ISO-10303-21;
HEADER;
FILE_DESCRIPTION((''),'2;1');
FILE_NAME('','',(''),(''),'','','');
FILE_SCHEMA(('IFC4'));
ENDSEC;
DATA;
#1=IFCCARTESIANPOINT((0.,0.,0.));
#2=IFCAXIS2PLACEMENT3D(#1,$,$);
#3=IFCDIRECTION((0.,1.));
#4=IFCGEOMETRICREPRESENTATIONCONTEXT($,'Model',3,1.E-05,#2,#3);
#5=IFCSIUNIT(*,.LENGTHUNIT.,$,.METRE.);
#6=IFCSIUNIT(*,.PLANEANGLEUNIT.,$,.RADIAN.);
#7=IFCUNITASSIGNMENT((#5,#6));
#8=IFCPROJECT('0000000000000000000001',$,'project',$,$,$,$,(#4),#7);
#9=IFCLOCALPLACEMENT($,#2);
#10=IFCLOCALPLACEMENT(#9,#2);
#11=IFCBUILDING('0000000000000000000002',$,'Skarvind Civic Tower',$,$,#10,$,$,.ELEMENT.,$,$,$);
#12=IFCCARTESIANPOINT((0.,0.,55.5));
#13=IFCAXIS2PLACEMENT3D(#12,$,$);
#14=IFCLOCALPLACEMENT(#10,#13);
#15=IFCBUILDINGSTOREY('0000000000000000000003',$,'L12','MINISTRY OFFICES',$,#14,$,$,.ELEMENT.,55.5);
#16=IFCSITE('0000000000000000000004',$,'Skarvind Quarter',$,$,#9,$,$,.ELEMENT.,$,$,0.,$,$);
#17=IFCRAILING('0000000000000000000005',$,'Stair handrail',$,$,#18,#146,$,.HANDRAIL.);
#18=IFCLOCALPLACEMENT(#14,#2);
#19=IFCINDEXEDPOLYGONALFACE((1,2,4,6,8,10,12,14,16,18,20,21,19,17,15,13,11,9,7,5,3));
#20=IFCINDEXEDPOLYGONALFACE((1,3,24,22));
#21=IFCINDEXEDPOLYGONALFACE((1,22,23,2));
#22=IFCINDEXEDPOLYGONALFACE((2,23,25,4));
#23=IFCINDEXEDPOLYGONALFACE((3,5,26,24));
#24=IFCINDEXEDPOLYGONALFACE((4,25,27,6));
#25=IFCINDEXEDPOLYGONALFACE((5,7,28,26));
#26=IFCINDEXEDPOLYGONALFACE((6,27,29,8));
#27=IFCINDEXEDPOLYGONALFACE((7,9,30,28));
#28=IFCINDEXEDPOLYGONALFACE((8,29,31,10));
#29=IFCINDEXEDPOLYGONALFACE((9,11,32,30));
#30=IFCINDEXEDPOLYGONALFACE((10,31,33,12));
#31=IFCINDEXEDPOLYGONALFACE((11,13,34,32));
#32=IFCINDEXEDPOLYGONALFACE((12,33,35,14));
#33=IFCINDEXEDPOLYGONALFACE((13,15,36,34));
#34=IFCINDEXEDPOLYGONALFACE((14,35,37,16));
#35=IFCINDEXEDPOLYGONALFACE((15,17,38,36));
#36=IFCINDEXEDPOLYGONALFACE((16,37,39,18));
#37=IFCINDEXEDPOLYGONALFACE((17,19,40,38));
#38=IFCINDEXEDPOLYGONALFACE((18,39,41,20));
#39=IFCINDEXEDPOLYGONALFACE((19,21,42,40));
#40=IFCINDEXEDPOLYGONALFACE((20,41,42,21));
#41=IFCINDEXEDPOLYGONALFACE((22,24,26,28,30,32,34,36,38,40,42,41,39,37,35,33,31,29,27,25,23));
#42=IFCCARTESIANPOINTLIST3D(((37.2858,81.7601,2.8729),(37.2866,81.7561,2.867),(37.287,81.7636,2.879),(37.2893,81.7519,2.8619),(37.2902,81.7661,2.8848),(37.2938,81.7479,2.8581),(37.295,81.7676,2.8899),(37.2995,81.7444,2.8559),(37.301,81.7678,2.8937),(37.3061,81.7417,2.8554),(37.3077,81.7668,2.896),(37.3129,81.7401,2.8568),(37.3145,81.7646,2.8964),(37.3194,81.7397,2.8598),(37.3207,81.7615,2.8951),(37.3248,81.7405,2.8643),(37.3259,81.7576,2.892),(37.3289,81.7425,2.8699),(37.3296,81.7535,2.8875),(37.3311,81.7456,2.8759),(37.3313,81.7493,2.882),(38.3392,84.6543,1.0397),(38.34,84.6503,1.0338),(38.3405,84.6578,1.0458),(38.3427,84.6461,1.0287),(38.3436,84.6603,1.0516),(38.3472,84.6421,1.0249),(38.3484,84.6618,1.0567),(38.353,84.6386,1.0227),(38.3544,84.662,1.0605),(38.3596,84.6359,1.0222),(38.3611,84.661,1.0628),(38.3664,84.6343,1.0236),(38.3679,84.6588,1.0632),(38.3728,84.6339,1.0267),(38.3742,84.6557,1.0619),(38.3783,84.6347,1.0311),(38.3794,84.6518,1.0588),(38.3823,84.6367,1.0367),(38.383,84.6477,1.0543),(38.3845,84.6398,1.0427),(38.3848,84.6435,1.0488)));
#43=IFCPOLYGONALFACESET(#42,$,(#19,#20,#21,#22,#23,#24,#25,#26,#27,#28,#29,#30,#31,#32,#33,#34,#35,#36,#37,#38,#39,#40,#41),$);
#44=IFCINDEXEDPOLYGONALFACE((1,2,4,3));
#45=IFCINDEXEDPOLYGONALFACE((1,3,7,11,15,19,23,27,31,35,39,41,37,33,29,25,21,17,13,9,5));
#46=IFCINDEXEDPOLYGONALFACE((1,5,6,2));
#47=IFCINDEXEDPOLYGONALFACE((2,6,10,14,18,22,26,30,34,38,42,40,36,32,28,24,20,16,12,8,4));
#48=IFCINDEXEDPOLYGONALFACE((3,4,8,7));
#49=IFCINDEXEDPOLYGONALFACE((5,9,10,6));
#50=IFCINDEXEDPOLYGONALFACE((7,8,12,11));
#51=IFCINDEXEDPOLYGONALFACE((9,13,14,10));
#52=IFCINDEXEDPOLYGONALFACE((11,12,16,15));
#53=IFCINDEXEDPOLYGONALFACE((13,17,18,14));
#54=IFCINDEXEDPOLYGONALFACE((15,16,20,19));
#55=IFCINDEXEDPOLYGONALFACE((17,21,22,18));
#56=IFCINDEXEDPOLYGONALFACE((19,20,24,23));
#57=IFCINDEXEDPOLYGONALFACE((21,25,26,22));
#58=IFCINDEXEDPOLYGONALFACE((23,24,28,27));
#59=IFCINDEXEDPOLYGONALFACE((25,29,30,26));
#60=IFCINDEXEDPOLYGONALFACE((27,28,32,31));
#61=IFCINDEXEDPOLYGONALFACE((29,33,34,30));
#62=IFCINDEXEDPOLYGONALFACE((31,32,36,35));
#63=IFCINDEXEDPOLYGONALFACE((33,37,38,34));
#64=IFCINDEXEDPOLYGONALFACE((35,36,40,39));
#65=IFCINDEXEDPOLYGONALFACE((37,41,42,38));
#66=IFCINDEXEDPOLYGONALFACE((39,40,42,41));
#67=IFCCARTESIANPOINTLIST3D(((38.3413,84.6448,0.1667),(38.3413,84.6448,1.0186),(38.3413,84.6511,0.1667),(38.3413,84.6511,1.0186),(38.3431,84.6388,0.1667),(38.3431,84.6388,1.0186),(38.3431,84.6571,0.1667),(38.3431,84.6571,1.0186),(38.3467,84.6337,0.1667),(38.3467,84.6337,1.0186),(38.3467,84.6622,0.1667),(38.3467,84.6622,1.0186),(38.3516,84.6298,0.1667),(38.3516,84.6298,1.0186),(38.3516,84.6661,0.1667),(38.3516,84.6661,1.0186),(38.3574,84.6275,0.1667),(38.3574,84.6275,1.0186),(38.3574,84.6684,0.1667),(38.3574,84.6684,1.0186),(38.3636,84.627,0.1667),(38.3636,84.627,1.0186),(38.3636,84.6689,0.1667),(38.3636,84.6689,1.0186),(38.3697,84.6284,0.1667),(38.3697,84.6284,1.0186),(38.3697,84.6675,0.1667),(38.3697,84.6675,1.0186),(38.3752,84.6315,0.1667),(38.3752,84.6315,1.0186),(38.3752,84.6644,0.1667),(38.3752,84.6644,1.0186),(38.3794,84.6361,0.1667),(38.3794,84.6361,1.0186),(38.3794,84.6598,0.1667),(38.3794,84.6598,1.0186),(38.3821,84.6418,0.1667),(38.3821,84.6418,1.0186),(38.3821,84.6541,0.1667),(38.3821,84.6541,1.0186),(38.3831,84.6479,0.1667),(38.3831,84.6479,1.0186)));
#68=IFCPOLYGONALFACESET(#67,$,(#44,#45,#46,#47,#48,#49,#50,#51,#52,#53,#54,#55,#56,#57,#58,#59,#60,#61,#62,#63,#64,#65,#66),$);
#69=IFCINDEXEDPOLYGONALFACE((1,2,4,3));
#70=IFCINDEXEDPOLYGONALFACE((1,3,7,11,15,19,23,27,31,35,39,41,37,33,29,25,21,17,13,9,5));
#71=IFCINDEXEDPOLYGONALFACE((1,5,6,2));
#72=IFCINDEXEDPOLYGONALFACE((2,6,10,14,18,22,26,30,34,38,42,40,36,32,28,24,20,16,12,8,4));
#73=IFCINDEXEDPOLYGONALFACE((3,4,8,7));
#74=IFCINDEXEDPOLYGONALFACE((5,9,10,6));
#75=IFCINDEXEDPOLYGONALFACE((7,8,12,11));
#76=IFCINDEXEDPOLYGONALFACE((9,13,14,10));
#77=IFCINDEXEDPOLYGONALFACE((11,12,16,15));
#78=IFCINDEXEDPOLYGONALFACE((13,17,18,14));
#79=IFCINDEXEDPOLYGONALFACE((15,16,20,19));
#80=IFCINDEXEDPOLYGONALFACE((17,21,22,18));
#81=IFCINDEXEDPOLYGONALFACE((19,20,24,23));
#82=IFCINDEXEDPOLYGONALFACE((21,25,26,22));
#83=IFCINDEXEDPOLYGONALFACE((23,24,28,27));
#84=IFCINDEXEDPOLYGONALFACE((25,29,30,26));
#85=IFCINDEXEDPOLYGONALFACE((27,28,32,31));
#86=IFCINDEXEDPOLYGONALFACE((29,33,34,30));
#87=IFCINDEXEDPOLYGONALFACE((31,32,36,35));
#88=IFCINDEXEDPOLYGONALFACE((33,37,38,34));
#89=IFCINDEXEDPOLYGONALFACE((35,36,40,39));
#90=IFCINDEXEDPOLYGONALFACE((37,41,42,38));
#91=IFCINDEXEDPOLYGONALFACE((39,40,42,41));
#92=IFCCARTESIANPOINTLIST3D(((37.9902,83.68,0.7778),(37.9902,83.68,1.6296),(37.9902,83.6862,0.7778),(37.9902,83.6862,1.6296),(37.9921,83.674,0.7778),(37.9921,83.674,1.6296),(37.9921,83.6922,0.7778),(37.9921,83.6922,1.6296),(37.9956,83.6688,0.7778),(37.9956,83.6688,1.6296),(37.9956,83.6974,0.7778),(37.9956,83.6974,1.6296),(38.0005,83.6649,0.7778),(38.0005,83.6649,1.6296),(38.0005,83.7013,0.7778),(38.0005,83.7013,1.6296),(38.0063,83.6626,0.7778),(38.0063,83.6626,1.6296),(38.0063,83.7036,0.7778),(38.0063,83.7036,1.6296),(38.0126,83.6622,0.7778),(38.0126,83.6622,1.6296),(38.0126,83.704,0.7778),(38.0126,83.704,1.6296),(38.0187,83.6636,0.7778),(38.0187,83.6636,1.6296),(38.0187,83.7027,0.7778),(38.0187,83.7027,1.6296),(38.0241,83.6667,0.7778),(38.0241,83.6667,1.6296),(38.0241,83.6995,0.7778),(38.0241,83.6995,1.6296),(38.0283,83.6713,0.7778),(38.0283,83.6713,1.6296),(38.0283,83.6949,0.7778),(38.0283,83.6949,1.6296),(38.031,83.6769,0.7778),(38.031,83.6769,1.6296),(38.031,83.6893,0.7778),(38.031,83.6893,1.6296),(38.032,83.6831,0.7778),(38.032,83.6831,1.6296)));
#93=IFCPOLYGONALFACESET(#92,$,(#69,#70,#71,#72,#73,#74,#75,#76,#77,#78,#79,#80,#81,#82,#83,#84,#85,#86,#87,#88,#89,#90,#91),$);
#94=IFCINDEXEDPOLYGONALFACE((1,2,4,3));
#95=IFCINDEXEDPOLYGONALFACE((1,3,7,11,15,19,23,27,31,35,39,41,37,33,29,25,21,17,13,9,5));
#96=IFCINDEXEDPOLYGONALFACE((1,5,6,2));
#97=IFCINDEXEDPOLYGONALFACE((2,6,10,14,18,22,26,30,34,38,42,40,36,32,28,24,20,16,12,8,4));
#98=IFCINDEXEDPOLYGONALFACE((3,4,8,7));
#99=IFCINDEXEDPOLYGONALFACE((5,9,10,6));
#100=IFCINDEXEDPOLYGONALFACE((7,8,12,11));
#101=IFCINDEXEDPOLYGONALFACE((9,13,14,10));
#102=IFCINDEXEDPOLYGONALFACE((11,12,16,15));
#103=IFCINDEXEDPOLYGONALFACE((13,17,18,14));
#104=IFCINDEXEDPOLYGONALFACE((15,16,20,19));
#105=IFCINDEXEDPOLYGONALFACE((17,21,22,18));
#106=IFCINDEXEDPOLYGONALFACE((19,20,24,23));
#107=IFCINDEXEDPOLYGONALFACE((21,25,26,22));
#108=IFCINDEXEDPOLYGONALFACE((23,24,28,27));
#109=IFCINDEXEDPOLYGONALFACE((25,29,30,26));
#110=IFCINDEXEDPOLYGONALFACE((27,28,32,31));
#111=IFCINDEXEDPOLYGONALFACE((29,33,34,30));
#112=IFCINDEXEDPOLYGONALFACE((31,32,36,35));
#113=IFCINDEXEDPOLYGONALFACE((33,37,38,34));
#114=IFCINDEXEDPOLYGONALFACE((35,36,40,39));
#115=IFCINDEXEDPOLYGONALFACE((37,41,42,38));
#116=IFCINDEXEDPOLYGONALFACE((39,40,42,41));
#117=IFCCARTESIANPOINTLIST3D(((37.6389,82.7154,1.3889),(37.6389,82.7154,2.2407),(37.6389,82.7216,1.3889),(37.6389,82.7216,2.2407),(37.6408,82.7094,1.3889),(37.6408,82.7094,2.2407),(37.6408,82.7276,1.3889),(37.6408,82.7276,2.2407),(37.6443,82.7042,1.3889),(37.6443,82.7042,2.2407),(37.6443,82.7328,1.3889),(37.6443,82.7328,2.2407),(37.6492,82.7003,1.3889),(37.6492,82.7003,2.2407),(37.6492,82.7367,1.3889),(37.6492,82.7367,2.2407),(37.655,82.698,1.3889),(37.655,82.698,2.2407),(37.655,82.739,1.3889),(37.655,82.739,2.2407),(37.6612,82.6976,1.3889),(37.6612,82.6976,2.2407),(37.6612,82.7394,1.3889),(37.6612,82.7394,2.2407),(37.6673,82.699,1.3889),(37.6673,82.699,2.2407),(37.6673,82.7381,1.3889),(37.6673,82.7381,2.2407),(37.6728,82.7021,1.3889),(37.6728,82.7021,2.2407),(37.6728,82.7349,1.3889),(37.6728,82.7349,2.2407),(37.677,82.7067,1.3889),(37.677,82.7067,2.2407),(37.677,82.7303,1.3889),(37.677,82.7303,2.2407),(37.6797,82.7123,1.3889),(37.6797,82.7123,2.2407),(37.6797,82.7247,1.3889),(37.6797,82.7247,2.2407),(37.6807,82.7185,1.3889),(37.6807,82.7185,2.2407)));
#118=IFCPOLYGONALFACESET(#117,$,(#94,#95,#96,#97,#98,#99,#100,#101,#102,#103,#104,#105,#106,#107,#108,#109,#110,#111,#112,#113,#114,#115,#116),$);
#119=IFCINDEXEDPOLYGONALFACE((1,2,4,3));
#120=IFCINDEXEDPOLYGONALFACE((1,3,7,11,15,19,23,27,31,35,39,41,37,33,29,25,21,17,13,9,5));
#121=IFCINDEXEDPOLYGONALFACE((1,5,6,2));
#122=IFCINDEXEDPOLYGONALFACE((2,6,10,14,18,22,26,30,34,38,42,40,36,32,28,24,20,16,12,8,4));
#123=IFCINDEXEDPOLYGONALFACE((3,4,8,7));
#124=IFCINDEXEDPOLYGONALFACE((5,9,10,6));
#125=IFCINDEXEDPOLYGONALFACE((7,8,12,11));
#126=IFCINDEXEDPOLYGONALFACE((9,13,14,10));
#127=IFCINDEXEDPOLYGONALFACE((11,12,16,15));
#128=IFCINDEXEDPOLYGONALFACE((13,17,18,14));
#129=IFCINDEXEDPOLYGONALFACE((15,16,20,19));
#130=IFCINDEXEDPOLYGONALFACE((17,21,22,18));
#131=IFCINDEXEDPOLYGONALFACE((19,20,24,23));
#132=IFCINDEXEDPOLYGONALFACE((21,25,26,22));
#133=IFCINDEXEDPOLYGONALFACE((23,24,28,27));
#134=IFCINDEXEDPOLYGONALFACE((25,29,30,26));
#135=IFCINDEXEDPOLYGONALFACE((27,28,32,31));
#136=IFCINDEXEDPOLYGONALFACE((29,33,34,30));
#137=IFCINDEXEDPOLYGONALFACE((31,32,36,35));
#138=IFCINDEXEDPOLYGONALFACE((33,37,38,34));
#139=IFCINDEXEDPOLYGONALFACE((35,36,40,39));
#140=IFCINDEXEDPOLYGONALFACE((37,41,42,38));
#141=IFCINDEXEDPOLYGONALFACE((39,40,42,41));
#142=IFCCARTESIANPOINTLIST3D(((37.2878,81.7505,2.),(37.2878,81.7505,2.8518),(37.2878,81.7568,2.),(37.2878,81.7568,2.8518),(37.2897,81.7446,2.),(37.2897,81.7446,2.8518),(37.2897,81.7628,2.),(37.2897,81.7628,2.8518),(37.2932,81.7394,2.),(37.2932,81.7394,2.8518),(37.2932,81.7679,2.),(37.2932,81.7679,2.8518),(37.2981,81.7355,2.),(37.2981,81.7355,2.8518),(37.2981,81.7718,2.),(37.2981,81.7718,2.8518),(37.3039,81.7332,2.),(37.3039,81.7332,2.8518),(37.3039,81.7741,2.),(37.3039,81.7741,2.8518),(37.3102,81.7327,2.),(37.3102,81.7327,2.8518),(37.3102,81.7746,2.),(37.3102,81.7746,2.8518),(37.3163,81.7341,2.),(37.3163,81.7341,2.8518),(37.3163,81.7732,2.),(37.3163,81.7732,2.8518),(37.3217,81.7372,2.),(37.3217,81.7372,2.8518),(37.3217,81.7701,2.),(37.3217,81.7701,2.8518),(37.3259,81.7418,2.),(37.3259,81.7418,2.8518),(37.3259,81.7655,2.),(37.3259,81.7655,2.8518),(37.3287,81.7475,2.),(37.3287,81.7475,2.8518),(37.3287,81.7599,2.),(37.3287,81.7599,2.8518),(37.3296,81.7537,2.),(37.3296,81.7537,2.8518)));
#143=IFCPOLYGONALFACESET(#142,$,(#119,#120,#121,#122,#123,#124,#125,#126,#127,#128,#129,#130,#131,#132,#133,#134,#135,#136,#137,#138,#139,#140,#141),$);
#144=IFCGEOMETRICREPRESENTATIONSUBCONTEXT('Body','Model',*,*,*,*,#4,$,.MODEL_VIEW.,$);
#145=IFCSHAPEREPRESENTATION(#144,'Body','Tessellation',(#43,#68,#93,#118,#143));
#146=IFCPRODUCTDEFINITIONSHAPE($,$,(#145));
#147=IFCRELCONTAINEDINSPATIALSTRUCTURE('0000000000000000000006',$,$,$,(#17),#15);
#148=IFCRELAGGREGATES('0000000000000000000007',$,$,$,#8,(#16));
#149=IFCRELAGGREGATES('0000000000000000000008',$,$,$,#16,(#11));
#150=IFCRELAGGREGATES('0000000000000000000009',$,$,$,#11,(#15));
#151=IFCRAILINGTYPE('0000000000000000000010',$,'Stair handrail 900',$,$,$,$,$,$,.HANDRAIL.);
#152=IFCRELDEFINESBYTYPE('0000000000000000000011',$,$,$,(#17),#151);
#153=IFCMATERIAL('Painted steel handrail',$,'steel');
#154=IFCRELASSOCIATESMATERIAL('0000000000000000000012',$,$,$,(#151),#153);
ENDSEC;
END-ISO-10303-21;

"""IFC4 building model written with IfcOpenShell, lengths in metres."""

from ifc_helpers import new_model, si_unit, direction, frame, origin, origin_2d, place, context, subcontext, project, spatial, circle, extrude, material, type_object, element, save


model = new_model("IFC4")

# Units and contexts
model_context = context("Model", 3, precision=1e-05, world=origin(), true_north=direction((0.0, 1.0)))
body_context = subcontext(model_context, "Body", "Model", "MODEL_VIEW")
ifc_project = project(units=[si_unit("LENGTHUNIT", "METRE"), si_unit("PLANEANGLEUNIT", "RADIAN")], contexts=[model_context])

# Site, building, storey
site_placement = place(None, origin())
site = spatial("IfcSite", under=ifc_project, at=site_placement, Name="Skarvind Quarter", CompositionType="ELEMENT", RefElevation=0.0)
building_placement = place(site_placement, origin())
building = spatial("IfcBuilding", under=site, at=building_placement, Name="Skarvind Civic Tower", CompositionType="ELEMENT")
storey_placement = place(building_placement, frame((0.0, 0.0, 55.5)))
storey = spatial("IfcBuildingStorey", under=building, at=storey_placement, Name="L12", Description="MINISTRY OFFICES", CompositionType="ELEMENT", Elevation=55.5)

# Railing
ifc_material_1 = material(Name="Painted steel handrail", Category="steel")
railing_type = type_object("IfcRailingType", Name="Stair handrail 900", PredefinedType="HANDRAIL", material=ifc_material_1)
railing_1_placement = place(storey_placement, frame((38.3621, 84.6479, 0.1667)))
element("IfcRailing", 1, at=railing_1_placement, inside=storey, type_object=railing_type, Name="Stair handrail", PredefinedType="HANDRAIL", context=body_context, shape_type="SweptSolid", body=[
    extrude(circle(Radius=0.0239, at=origin_2d()), frame((0.0, 0.0, 0.876), z_axis=(-0.293908, -0.807481, 0.511461), x_axis=(0.939689, -0.342029, 0.0)), (0.0, 0.0, 1.0), 3.5842),
    extrude(circle(Radius=0.021, at=origin_2d()), origin(), (0.0, 0.0, 1.0), 0.8518),
    extrude(circle(Radius=0.021, at=origin_2d()), frame((-0.3511, -0.9648, 0.6111)), (0.0, 0.0, 1.0), 0.8518),
    extrude(circle(Radius=0.021, at=origin_2d()), frame((-0.7024, -1.9294, 1.2222)), (0.0, 0.0, 1.0), 0.8518),
    extrude(circle(Radius=0.021, at=origin_2d()), frame((-1.0535, -2.8943, 1.8333)), (0.0, 0.0, 1.0), 0.8518),
])

save(model, "model.ifc")
